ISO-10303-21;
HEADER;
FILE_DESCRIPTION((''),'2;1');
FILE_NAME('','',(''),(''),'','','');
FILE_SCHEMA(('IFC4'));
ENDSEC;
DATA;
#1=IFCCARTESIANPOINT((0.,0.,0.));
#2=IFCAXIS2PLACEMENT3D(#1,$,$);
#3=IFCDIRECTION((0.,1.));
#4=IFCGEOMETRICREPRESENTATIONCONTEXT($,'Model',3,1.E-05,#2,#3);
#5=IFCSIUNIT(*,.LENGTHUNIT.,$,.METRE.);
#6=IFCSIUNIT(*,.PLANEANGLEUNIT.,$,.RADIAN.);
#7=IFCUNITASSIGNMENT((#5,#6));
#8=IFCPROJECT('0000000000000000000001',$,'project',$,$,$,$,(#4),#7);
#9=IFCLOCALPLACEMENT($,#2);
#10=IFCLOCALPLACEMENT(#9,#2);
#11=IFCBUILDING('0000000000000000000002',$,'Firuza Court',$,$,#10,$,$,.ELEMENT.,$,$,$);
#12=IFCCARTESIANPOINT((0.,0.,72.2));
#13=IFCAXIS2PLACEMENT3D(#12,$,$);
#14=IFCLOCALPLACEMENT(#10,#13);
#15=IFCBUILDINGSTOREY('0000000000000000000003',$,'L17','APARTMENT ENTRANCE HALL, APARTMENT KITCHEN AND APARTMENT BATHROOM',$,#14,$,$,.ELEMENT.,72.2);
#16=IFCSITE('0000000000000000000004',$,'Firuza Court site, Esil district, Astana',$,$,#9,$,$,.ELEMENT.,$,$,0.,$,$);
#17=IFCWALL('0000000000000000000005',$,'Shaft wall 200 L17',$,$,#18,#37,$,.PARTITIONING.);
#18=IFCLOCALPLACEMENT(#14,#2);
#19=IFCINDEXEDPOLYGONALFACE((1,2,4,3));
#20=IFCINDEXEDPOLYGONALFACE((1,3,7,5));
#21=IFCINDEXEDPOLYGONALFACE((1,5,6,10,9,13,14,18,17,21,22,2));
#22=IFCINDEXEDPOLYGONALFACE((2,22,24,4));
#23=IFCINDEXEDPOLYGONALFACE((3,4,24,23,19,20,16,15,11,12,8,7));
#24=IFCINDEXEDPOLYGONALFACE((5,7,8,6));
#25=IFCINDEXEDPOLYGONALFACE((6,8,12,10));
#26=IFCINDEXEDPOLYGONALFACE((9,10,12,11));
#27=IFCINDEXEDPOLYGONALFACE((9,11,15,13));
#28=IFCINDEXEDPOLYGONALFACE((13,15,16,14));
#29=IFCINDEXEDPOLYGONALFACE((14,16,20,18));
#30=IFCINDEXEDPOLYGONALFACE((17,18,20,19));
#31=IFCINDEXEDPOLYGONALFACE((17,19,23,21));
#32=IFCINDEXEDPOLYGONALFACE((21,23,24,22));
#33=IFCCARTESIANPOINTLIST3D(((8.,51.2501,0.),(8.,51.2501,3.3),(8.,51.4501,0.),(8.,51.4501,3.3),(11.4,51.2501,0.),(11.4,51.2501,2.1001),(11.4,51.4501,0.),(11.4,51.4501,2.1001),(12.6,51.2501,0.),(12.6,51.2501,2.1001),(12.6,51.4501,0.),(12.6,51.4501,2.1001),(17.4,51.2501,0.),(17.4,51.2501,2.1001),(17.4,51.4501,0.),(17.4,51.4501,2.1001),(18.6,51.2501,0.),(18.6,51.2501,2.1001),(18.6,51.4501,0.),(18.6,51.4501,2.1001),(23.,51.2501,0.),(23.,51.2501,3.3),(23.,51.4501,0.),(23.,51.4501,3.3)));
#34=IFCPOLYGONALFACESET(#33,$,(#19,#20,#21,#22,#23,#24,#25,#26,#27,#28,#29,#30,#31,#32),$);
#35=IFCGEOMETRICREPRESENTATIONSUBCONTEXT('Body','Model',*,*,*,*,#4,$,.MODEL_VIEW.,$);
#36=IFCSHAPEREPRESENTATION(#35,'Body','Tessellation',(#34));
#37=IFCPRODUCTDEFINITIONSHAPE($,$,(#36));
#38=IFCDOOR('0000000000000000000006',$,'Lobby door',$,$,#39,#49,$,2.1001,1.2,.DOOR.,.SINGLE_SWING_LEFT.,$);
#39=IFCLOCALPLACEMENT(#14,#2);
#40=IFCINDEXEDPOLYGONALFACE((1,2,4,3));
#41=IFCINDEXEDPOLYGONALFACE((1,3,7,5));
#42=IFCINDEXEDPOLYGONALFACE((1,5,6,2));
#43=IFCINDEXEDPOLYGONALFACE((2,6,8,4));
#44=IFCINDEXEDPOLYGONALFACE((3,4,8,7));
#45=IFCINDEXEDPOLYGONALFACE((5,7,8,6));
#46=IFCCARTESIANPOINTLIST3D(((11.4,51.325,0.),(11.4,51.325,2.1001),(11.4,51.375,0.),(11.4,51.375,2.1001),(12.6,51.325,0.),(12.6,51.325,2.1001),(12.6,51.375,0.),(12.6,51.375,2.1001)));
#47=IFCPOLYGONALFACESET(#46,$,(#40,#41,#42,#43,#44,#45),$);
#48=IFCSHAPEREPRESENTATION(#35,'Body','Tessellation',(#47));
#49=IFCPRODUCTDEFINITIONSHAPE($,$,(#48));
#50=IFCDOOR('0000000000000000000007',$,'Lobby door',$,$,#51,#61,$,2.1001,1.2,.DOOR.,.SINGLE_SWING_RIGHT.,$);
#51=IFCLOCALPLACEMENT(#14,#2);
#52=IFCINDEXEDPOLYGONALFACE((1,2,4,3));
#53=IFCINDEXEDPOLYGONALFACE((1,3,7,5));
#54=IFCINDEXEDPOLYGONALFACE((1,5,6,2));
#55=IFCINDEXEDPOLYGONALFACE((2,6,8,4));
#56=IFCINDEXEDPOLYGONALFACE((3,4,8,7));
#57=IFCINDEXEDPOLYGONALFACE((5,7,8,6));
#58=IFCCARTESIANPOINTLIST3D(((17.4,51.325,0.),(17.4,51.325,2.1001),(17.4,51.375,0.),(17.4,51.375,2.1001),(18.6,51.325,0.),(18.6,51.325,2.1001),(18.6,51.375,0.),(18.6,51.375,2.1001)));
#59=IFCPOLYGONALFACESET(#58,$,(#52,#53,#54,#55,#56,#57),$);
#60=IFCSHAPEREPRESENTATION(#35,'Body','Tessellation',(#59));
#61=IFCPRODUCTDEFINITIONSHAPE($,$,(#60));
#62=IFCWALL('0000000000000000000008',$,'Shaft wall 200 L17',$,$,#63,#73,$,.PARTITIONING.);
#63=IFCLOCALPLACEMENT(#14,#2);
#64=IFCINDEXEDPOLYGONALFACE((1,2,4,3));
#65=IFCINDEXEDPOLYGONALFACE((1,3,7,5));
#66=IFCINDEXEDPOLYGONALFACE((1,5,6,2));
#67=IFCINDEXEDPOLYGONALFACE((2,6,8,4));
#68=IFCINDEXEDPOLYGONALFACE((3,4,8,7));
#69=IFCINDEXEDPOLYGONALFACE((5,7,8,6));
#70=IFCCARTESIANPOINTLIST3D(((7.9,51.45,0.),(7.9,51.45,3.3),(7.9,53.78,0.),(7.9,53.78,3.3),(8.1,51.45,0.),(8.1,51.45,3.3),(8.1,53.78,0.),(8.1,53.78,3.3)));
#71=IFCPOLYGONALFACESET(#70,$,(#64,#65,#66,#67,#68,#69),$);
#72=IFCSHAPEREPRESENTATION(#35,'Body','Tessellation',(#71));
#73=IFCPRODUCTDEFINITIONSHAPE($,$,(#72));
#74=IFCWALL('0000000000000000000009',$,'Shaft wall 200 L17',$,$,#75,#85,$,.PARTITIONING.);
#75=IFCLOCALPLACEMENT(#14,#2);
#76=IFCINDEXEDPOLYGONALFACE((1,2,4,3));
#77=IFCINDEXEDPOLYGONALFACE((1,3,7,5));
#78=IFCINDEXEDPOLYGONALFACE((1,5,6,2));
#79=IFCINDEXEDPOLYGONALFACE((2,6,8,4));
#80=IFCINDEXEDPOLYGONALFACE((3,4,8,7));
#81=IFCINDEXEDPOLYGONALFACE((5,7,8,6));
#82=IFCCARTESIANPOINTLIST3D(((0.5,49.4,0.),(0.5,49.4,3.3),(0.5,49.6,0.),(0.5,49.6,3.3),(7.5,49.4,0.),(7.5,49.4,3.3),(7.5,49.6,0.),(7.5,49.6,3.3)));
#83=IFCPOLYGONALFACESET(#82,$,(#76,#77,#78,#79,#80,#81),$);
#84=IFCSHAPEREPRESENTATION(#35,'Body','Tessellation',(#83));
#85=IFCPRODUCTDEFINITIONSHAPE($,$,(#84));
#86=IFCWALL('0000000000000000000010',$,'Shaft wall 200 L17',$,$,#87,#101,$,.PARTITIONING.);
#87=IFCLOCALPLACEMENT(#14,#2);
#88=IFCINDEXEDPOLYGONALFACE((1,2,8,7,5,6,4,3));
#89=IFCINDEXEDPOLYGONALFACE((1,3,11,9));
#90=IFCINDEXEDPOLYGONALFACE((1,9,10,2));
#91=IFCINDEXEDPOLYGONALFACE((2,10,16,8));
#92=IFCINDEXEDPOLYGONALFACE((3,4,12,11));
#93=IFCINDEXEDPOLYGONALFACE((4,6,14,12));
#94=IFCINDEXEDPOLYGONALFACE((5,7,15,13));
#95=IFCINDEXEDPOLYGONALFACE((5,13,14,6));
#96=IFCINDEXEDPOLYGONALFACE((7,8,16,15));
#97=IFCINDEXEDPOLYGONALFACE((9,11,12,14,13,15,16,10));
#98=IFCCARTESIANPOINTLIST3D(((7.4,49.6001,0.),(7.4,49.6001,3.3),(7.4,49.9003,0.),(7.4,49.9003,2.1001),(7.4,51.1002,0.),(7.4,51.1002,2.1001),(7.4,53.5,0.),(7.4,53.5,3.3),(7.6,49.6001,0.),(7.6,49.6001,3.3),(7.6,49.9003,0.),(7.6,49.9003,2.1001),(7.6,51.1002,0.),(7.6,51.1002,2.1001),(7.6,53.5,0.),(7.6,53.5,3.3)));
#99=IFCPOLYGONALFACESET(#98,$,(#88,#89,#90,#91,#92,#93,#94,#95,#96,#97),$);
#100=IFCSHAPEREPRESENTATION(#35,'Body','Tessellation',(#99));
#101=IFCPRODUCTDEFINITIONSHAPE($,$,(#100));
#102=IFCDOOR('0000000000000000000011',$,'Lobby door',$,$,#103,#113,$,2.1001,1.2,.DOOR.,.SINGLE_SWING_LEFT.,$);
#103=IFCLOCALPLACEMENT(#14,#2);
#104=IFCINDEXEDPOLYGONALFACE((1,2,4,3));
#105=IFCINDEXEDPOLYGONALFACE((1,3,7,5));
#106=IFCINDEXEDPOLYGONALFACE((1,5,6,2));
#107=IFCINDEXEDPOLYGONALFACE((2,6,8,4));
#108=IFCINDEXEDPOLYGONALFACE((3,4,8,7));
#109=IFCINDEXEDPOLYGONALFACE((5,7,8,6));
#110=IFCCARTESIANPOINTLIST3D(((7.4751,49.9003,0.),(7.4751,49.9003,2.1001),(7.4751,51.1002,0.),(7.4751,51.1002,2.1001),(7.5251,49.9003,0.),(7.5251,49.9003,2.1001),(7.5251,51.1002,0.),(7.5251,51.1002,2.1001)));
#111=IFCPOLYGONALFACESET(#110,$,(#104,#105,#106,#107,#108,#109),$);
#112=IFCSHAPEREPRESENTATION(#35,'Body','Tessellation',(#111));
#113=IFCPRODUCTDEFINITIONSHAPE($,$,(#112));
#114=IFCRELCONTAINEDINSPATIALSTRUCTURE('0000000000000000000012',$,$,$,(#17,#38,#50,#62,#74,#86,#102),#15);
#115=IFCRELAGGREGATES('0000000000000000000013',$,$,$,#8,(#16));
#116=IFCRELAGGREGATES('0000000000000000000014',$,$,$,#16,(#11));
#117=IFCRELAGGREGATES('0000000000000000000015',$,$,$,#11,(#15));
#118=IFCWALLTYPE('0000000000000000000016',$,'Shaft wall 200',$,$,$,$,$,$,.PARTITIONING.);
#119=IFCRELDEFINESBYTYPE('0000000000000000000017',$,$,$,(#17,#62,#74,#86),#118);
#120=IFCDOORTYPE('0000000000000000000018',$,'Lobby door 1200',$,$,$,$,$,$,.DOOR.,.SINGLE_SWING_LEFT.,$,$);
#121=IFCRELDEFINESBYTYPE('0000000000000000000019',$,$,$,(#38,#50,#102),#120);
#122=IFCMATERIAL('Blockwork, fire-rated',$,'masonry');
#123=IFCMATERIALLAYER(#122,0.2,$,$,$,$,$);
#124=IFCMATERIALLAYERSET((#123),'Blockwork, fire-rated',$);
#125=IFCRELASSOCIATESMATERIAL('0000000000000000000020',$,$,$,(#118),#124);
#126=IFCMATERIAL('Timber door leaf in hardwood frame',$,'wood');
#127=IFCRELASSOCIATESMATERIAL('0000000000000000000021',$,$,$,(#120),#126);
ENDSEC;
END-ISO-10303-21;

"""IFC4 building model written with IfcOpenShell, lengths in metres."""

from ifc_helpers import new_model, si_unit, direction, frame, frame_2d, origin, place, context, subcontext, project, spatial, rectangle, extrude, material, layer, layer_set, type_object, element, fill, save


model = new_model("IFC4")

# Units and contexts
model_context = context("Model", 3, precision=1e-05, world=origin(), true_north=direction((0.0, 1.0)))
body_context = subcontext(model_context, "Body", "Model", "MODEL_VIEW")
ifc_project = project(units=[si_unit("LENGTHUNIT", "METRE"), si_unit("PLANEANGLEUNIT", "RADIAN")], contexts=[model_context])

# Site, building, storey
site_placement = place(None, origin())
site = spatial("IfcSite", under=ifc_project, at=site_placement, Name="Firuza Court site, Esil district, Astana", CompositionType="ELEMENT", RefElevation=0.0)
building_placement = place(site_placement, origin())
building = spatial("IfcBuilding", under=site, at=building_placement, Name="Firuza Court", CompositionType="ELEMENT")
storey_placement = place(building_placement, frame((0.0, 0.0, 72.2)))
storey = spatial("IfcBuildingStorey", under=building, at=storey_placement, Name="L17", Description="APARTMENT ENTRANCE HALL, APARTMENT KITCHEN AND APARTMENT BATHROOM", CompositionType="ELEMENT", Elevation=72.2)

# Wall, openings, doors
ifc_material_1 = material(Name="Blockwork, fire-rated", Category="masonry")
ifc_layer_1 = layer(ifc_material_1, 0.2)
ifc_layer_set_1 = layer_set([ifc_layer_1], Name="Blockwork, fire-rated")
wall_type_1 = type_object("IfcWallType", Name="Shaft wall 200", PredefinedType="PARTITIONING", material=ifc_layer_set_1)
wall_1_placement = place(storey_placement, frame((8.0, 51.3501, 0.0), z_axis=(0.0, 0.0, 1.0), x_axis=(1.0, 0.0, 0.0)))
wall_1 = element("IfcWall", 1, at=wall_1_placement, inside=storey, type_object=wall_type_1, Name="Shaft wall 200 L17", PredefinedType="PARTITIONING", context=body_context, shape_type="SweptSolid", body=[
    extrude(rectangle(XDim=15.0, YDim=0.2, at=frame_2d((7.5, 0.0))), origin(), (0.0, 0.0, 1.0), 3.3),
])
opening_1_placement = place(wall_1_placement, frame((3.3999, 0.0, 0.0)))
opening_1 = element("IfcOpeningElement", 2, at=opening_1_placement, cuts=wall_1, PredefinedType="OPENING", context=body_context, shape_type="SweptSolid", body=[
    extrude(rectangle(XDim=1.2, YDim=2.1001, at=frame_2d((0.6001, 1.05))), frame((0.0, 0.1118, 0.0), z_axis=(0.0, -1.0, 0.0), x_axis=(1.0, 0.0, 0.0)), (0.0, 0.0, 1.0), 0.2239),
])
opening_2_placement = place(wall_1_placement, frame((9.3999, 0.0, 0.0)))
opening_2 = element("IfcOpeningElement", 3, at=opening_2_placement, cuts=wall_1, PredefinedType="OPENING", context=body_context, shape_type="SweptSolid", body=[
    extrude(rectangle(XDim=1.2, YDim=2.1001, at=frame_2d((0.6001, 1.05))), frame((0.0, 0.1118, 0.0), z_axis=(0.0, -1.0, 0.0), x_axis=(1.0, 0.0, 0.0)), (0.0, 0.0, 1.0), 0.2239),
])
ifc_material_2 = material(Name="Timber door leaf in hardwood frame", Category="wood")
door_type_1 = type_object("IfcDoorType", Name="Lobby door 1200", OperationType="SINGLE_SWING_LEFT", PredefinedType="DOOR", material=ifc_material_2)
door_1_placement = place(opening_1_placement, origin())
door_1 = element("IfcDoor", 4, at=door_1_placement, inside=storey, type_object=door_type_1, Name="Lobby door", OperationType="SINGLE_SWING_LEFT", OverallHeight=2.1001, OverallWidth=1.2, PredefinedType="DOOR", context=body_context, shape_type="SweptSolid", body=[
    extrude(rectangle(XDim=1.2, YDim=2.1001, at=frame_2d((0.6001, 1.05))), frame((0.0, 0.0249, 0.0), z_axis=(0.0, -1.0, 0.0), x_axis=(1.0, 0.0, 0.0)), (0.0, 0.0, 1.0), 0.05),
])
fill(opening_1, door_1)
door_2_placement = place(opening_2_placement, origin())
door_2 = element("IfcDoor", 5, at=door_2_placement, inside=storey, type_object=door_type_1, Name="Lobby door", OperationType="SINGLE_SWING_RIGHT", OverallHeight=2.1001, OverallWidth=1.2, PredefinedType="DOOR", context=body_context, shape_type="SweptSolid", body=[
    extrude(rectangle(XDim=1.2, YDim=2.1001, at=frame_2d((0.6001, 1.05))), frame((0.0, 0.0249, 0.0), z_axis=(0.0, -1.0, 0.0), x_axis=(1.0, 0.0, 0.0)), (0.0, 0.0, 1.0), 0.05),
])
fill(opening_2, door_2)

# Walls
wall_2_placement = place(storey_placement, frame((8.0, 51.45, 0.0), z_axis=(0.0, 0.0, 1.0), x_axis=(0.0, 1.0, 0.0)))
element("IfcWall", 6, at=wall_2_placement, inside=storey, type_object=wall_type_1, Name="Shaft wall 200 L17", PredefinedType="PARTITIONING", context=body_context, shape_type="SweptSolid", body=[
    extrude(rectangle(XDim=2.3301, YDim=0.2, at=frame_2d((1.165, 0.0))), origin(), (0.0, 0.0, 1.0), 3.3),
])
wall_3_placement = place(storey_placement, frame((0.5, 49.5, 0.0), z_axis=(0.0, 0.0, 1.0), x_axis=(1.0, 0.0, 0.0)))
element("IfcWall", 7, at=wall_3_placement, inside=storey, type_object=wall_type_1, Name="Shaft wall 200 L17", PredefinedType="PARTITIONING", context=body_context, shape_type="SweptSolid", body=[
    extrude(rectangle(XDim=7.0, YDim=0.2, at=frame_2d((3.5, 0.0))), origin(), (0.0, 0.0, 1.0), 3.3),
])

# Wall, opening, door
wall_4_placement = place(storey_placement, frame((7.5, 49.6001, 0.0), z_axis=(0.0, 0.0, 1.0), x_axis=(0.0, 1.0, 0.0)))
wall_4 = element("IfcWall", 8, at=wall_4_placement, inside=storey, type_object=wall_type_1, Name="Shaft wall 200 L17", PredefinedType="PARTITIONING", context=body_context, shape_type="SweptSolid", body=[
    extrude(rectangle(XDim=3.8999, YDim=0.2, at=frame_2d((1.95, 0.0))), origin(), (0.0, 0.0, 1.0), 3.3),
])
opening_3_placement = place(wall_4_placement, frame((0.3, 0.0, 0.0)))
opening_3 = element("IfcOpeningElement", 9, at=opening_3_placement, cuts=wall_4, PredefinedType="OPENING", context=body_context, shape_type="SweptSolid", body=[
    extrude(rectangle(XDim=1.2, YDim=2.1001, at=frame_2d((0.6001, 1.05))), frame((0.0, 0.1118, 0.0), z_axis=(0.0, -1.0, 0.0), x_axis=(1.0, 0.0, 0.0)), (0.0, 0.0, 1.0), 0.2239),
])
door_3_placement = place(opening_3_placement, origin())
door_3 = element("IfcDoor", 10, at=door_3_placement, inside=storey, type_object=door_type_1, Name="Lobby door", OperationType="SINGLE_SWING_LEFT", OverallHeight=2.1001, OverallWidth=1.2, PredefinedType="DOOR", context=body_context, shape_type="SweptSolid", body=[
    extrude(rectangle(XDim=1.2, YDim=2.1001, at=frame_2d((0.6001, 1.05))), frame((0.0, 0.0249, 0.0), z_axis=(0.0, -1.0, 0.0), x_axis=(1.0, 0.0, 0.0)), (0.0, 0.0, 1.0), 0.05),
])
fill(opening_3, door_3)

save(model, "model.ifc")
